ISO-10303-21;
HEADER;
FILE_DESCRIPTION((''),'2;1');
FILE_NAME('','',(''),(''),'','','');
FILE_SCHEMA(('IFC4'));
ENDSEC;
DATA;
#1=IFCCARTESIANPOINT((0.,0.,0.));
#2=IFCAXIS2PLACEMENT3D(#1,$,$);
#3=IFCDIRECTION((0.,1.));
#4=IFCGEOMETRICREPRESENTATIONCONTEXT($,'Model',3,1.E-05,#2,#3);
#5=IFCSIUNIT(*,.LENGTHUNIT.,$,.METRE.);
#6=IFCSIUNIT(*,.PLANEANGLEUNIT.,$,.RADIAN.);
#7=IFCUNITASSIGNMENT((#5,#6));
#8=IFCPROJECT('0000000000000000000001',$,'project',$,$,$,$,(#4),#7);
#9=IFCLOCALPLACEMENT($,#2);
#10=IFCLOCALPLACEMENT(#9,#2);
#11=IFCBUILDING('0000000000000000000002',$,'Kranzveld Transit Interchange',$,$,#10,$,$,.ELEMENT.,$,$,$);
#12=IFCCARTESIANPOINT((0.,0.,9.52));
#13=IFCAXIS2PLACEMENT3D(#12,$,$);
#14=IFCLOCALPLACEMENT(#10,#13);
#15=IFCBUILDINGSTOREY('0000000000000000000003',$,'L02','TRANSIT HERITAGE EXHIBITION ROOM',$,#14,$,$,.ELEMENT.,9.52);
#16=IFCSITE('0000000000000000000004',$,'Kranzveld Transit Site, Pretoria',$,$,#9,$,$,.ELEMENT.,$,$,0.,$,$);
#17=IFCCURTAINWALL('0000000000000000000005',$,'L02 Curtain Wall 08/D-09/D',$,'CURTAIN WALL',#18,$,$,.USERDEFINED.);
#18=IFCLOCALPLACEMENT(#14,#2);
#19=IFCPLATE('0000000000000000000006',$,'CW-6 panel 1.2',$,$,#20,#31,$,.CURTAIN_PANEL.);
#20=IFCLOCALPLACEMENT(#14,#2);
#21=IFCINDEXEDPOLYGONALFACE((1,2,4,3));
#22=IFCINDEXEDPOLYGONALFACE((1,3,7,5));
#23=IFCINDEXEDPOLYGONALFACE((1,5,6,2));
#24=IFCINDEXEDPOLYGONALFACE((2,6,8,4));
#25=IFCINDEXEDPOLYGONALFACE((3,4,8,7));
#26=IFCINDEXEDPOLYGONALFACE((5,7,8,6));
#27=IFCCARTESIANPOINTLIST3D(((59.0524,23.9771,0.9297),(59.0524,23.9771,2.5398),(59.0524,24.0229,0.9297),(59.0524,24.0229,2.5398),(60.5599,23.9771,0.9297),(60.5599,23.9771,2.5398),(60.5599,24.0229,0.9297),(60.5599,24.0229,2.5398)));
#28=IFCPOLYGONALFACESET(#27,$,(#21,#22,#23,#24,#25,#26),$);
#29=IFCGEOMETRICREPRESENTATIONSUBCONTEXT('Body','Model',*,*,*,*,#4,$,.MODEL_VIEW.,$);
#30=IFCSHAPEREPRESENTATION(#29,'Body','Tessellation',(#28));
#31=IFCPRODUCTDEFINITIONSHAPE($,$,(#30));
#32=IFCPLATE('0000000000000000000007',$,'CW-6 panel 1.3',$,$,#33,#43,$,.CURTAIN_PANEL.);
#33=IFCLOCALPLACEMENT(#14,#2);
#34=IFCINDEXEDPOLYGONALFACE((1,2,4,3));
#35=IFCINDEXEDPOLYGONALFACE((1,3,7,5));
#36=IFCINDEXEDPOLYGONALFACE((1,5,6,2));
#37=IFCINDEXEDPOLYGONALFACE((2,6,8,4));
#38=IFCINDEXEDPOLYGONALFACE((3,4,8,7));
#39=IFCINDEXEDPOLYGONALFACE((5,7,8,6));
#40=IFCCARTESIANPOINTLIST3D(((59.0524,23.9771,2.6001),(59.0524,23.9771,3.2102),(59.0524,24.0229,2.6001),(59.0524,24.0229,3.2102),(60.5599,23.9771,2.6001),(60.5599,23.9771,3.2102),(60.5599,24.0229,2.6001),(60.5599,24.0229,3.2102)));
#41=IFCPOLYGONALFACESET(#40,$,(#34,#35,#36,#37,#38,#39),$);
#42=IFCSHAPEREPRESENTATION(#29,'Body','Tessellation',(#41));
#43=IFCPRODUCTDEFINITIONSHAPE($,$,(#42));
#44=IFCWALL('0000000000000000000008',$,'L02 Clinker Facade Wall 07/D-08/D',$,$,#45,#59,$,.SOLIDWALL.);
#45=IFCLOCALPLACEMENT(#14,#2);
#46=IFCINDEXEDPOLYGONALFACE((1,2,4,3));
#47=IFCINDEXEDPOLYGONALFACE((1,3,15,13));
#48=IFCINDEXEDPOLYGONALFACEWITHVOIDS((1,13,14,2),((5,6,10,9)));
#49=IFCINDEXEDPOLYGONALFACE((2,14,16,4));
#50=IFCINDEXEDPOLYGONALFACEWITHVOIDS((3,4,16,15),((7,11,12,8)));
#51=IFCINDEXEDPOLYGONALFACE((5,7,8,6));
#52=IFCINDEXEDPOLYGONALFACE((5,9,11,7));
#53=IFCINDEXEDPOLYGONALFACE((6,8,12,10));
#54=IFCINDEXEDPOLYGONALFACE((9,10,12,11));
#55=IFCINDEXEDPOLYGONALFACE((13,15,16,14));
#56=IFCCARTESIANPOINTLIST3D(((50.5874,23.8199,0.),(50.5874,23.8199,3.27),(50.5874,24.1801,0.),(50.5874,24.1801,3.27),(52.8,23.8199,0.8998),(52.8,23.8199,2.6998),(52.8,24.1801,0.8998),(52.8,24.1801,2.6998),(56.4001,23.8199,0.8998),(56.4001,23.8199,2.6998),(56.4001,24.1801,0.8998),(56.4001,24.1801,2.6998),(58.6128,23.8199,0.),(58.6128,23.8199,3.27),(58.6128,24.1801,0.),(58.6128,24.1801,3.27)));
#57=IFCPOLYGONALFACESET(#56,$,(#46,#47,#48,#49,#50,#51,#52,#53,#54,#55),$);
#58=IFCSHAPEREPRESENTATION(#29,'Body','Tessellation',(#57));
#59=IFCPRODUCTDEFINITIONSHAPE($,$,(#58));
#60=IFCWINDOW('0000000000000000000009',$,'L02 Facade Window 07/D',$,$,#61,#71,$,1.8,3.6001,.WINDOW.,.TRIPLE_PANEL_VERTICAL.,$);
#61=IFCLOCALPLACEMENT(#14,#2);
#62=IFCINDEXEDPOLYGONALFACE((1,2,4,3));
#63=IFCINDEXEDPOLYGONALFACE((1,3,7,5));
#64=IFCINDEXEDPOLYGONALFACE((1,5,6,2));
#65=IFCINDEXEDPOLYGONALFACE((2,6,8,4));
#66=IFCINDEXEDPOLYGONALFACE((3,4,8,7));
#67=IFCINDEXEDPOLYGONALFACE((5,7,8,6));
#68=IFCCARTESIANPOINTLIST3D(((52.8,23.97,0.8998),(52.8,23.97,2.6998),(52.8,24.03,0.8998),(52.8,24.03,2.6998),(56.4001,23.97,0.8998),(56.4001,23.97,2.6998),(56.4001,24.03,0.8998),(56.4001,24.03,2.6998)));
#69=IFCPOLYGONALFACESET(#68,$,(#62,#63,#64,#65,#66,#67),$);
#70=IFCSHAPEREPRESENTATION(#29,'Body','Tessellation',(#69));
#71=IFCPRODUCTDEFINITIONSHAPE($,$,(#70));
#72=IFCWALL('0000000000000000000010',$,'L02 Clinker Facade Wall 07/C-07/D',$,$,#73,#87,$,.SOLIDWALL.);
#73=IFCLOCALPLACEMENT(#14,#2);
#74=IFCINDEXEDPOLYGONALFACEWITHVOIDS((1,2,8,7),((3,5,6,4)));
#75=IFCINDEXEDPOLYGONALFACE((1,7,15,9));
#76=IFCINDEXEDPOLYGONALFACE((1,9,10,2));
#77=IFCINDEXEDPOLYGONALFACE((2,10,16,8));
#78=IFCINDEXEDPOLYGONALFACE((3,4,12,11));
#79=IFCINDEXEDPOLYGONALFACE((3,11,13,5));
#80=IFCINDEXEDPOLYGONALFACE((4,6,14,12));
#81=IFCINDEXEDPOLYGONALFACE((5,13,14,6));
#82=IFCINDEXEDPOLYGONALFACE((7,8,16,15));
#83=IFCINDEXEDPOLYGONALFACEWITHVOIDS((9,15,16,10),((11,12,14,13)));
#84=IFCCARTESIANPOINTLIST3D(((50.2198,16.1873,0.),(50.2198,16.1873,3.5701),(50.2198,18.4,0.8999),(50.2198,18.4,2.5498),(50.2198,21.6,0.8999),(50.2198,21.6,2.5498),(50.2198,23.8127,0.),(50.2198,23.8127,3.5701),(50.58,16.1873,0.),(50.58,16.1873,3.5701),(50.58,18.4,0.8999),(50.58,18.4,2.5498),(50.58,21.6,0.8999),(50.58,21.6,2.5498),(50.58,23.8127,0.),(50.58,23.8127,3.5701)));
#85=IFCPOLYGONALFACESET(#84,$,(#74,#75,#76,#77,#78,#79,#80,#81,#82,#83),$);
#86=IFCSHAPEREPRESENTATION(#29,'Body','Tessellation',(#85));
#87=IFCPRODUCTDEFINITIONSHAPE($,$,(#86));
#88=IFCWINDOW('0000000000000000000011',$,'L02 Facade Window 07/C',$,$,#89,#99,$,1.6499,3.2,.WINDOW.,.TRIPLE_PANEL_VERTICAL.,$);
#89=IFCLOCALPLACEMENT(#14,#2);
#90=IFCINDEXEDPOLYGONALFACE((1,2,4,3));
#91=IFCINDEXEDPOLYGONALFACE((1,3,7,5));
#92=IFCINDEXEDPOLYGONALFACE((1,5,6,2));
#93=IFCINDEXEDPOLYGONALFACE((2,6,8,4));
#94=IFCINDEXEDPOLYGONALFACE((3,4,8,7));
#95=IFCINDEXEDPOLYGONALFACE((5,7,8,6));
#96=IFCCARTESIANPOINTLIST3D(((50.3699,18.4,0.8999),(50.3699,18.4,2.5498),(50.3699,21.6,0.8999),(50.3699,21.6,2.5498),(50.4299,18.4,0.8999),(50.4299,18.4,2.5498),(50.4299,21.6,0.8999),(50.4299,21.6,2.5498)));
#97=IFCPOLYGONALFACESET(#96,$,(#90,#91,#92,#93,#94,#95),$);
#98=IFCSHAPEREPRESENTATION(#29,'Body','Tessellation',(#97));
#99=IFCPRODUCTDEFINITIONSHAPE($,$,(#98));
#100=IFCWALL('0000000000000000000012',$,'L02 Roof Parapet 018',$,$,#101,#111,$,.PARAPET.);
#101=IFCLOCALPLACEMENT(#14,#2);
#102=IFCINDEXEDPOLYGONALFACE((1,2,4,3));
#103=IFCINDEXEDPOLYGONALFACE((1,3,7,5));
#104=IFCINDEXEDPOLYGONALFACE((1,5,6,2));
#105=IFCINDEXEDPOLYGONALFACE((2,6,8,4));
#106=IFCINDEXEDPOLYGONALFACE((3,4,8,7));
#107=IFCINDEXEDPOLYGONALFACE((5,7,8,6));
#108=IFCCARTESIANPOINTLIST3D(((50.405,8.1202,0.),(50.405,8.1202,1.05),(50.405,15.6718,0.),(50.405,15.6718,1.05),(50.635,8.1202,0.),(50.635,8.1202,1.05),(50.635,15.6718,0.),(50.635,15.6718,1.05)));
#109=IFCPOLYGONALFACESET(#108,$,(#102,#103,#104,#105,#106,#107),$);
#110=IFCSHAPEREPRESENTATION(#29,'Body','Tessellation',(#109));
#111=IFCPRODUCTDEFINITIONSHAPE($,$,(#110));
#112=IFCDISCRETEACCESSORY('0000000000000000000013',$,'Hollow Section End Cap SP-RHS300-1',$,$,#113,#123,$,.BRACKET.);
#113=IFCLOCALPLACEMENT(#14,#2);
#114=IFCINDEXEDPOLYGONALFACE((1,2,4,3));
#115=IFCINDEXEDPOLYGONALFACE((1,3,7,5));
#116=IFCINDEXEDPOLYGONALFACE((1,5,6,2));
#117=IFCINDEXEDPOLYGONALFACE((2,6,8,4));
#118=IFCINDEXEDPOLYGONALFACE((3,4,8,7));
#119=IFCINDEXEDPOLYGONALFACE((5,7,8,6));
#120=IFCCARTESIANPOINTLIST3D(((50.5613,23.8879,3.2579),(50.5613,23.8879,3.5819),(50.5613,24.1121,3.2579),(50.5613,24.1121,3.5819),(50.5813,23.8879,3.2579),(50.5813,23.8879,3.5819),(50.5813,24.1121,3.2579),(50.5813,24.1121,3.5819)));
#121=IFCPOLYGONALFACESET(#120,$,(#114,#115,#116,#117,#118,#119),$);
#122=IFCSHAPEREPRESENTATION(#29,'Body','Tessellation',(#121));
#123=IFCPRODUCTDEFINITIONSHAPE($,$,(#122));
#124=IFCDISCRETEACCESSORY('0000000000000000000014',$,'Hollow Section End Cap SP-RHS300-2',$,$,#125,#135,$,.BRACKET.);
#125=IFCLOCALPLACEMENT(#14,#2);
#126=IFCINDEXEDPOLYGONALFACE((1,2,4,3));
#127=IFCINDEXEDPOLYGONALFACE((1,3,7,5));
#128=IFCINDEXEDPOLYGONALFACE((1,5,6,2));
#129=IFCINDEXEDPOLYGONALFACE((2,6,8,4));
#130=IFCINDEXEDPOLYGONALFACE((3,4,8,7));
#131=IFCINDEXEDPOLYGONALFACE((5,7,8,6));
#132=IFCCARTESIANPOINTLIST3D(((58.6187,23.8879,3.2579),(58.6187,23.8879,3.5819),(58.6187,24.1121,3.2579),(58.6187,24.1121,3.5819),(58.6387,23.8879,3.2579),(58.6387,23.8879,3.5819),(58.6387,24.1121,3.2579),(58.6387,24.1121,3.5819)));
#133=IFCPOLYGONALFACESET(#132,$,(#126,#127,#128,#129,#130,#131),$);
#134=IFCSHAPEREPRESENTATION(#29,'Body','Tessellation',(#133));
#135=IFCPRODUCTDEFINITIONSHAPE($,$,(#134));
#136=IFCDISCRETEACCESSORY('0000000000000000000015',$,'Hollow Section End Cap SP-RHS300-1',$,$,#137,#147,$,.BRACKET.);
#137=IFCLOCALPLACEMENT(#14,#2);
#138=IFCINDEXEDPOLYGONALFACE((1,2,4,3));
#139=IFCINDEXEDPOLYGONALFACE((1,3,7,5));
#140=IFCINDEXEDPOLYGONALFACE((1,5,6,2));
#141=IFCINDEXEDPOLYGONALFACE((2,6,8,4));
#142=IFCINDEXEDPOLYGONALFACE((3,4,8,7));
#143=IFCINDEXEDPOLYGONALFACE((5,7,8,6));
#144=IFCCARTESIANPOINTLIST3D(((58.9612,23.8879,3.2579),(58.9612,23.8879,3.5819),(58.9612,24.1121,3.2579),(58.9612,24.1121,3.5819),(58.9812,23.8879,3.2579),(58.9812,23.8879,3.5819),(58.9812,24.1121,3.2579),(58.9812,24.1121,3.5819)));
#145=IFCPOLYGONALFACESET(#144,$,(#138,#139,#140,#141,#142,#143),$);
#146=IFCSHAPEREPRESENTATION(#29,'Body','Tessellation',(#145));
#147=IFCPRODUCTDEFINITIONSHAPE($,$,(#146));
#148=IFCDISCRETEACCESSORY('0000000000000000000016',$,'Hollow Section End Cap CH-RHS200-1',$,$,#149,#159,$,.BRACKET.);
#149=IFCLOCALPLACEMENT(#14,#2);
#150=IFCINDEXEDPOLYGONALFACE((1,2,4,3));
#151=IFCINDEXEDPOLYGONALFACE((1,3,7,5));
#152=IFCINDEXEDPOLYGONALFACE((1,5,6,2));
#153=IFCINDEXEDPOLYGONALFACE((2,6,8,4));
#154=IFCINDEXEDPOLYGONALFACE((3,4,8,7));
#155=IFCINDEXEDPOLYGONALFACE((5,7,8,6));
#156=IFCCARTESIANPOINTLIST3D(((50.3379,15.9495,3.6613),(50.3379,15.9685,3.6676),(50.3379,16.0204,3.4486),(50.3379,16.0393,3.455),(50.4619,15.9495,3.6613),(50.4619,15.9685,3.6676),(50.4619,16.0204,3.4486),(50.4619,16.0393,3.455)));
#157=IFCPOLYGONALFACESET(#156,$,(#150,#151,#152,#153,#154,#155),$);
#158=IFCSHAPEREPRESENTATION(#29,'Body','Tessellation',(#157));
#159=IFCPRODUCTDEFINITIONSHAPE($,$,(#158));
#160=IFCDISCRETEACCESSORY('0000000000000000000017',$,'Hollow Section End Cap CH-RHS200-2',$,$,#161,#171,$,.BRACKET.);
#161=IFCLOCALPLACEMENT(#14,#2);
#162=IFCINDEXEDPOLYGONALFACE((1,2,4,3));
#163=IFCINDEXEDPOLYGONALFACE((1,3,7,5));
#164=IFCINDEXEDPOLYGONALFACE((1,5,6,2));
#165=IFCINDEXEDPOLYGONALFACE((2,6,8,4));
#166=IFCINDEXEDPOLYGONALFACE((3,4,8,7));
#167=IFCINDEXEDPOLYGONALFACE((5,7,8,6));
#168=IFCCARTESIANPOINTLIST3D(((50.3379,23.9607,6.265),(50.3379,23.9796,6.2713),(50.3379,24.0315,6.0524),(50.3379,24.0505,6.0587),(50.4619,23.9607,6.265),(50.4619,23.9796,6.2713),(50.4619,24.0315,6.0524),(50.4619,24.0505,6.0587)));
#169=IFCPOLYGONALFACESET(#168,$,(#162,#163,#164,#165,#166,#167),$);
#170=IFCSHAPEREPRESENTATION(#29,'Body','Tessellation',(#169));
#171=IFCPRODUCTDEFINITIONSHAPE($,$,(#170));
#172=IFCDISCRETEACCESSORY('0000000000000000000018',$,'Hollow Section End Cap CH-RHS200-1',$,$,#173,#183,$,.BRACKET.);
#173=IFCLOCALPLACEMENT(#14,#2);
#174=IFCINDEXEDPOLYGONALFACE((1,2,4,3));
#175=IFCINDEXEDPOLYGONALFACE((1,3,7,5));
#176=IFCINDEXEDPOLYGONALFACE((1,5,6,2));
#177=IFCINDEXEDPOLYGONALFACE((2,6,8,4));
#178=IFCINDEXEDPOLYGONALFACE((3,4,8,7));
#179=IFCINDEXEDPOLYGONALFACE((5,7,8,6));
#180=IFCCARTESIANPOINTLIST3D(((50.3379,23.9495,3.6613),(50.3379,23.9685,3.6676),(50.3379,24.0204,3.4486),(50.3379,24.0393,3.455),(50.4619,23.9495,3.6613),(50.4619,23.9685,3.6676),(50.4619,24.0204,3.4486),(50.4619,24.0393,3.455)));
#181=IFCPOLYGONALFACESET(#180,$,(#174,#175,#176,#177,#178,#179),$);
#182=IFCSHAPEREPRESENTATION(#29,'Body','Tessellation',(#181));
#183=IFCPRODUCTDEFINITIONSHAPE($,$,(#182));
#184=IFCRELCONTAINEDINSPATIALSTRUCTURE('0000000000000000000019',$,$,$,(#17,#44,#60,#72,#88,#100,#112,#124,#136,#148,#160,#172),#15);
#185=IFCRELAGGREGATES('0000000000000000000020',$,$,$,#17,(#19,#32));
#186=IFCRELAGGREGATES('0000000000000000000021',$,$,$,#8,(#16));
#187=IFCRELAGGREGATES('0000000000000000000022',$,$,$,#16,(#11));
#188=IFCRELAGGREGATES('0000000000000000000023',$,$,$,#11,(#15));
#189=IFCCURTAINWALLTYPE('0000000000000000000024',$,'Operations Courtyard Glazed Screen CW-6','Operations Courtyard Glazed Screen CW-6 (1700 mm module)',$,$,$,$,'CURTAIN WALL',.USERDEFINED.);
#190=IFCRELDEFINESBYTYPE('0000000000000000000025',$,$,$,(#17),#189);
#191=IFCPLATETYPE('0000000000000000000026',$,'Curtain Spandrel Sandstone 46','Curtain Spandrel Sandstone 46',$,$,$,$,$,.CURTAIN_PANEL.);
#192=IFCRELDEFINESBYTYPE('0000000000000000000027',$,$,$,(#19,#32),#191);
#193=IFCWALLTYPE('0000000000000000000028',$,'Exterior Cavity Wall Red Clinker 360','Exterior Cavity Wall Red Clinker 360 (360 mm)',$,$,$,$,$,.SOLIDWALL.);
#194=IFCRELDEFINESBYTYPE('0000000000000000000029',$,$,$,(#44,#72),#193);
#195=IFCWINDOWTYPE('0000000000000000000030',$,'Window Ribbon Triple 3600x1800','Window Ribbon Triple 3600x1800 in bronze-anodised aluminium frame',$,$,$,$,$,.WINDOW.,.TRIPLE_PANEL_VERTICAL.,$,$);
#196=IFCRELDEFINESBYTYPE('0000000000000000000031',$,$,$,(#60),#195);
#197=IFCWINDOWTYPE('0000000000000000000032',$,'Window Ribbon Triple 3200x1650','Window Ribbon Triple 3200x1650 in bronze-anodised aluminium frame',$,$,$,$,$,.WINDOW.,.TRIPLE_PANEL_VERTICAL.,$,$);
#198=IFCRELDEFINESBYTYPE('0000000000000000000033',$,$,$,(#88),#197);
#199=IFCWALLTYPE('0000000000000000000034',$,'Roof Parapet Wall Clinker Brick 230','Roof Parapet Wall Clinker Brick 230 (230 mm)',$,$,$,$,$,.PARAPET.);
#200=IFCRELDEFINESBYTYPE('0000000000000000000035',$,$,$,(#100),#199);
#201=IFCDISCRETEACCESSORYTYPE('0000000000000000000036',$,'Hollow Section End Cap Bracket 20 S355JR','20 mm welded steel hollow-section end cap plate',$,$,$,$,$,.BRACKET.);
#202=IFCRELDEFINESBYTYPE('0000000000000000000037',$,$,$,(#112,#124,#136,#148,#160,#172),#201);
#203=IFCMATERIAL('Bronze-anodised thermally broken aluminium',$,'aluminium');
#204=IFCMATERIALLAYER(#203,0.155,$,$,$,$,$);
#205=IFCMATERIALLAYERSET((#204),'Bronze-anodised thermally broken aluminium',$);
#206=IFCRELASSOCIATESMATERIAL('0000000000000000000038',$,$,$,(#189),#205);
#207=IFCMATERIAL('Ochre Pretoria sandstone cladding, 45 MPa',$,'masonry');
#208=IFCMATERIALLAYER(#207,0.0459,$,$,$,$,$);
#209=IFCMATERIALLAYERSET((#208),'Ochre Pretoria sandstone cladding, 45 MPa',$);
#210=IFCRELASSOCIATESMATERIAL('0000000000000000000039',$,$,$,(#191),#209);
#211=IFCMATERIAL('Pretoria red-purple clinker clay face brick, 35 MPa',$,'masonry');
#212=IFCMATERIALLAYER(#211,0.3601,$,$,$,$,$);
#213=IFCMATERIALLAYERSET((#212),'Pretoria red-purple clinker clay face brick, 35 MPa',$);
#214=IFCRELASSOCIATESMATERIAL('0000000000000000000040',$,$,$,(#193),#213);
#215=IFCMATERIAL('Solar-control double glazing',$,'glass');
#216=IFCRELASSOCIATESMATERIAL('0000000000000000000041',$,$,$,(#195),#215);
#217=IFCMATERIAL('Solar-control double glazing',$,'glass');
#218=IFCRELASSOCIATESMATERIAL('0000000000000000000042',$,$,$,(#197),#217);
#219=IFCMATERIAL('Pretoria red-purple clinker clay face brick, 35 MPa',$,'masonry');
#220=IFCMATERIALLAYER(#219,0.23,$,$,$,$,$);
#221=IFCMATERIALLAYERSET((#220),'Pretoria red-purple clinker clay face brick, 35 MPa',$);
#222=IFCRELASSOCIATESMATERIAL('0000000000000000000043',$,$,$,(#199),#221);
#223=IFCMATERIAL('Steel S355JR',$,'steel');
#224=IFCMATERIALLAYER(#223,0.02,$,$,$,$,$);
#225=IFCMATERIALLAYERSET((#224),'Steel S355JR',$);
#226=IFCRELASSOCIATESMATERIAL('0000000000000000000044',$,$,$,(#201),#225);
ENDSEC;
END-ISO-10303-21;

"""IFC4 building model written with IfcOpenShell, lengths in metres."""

from ifc_helpers import new_model, si_unit, direction, frame, frame_2d, origin, origin_2d, place, context, subcontext, project, spatial, rectangle, extrude, material, layer, layer_set, type_object, element, fill, aggregate, save


model = new_model("IFC4")

# Units and contexts
model_context = context("Model", 3, precision=1e-05, world=origin(), true_north=direction((0.0, 1.0)))
body_context = subcontext(model_context, "Body", "Model", "MODEL_VIEW")
ifc_project = project(units=[si_unit("LENGTHUNIT", "METRE"), si_unit("PLANEANGLEUNIT", "RADIAN")], contexts=[model_context])

# Site, building, storey
site_placement = place(None, origin())
site = spatial("IfcSite", under=ifc_project, at=site_placement, Name="Kranzveld Transit Site, Pretoria", CompositionType="ELEMENT", RefElevation=0.0)
building_placement = place(site_placement, origin())
building = spatial("IfcBuilding", under=site, at=building_placement, Name="Kranzveld Transit Interchange", CompositionType="ELEMENT")
storey_placement = place(building_placement, frame((0.0, 0.0, 9.52)))
storey = spatial("IfcBuildingStorey", under=building, at=storey_placement, Name="L02", Description="TRANSIT HERITAGE EXHIBITION ROOM", CompositionType="ELEMENT", Elevation=9.52)

# Curtain wall
ifc_material_1 = material(Name="Bronze-anodised thermally broken aluminium", Category="aluminium")
ifc_layer_1 = layer(ifc_material_1, 0.155)
ifc_layer_set_1 = layer_set([ifc_layer_1], Name="Bronze-anodised thermally broken aluminium")
curtain_wall_type_1 = type_object("IfcCurtainWallType", Name="Operations Courtyard Glazed Screen CW-6", Description="Operations Courtyard Glazed Screen CW-6 (1700 mm module)", ElementType="CURTAIN WALL", PredefinedType="USERDEFINED", material=ifc_layer_set_1)
curtain_wall_1_placement = place(storey_placement, origin())
curtain_wall_1 = element("IfcCurtainWall", 1, at=curtain_wall_1_placement, inside=storey, type_object=curtain_wall_type_1, Name="L02 Curtain Wall 08/D-09/D", ObjectType="CURTAIN WALL", PredefinedType="USERDEFINED")

# Plates
ifc_material_2 = material(Name="Ochre Pretoria sandstone cladding, 45 MPa", Category="masonry")
ifc_layer_2 = layer(ifc_material_2, 0.0459)
ifc_layer_set_2 = layer_set([ifc_layer_2], Name="Ochre Pretoria sandstone cladding, 45 MPa")
plate_type_1 = type_object("IfcPlateType", Name="Curtain Spandrel Sandstone 46", Description="Curtain Spandrel Sandstone 46", PredefinedType="CURTAIN_PANEL", material=ifc_layer_set_2)
plate_1_placement = place(storey_placement, frame((59.8062, 24.0, 0.9297), z_axis=(0.0, 0.0, 1.0), x_axis=(1.0, 0.0, 0.0)))
plate_1 = element("IfcPlate", 2, at=plate_1_placement, type_object=plate_type_1, Name="CW-6 panel 1.2", PredefinedType="CURTAIN_PANEL", context=body_context, shape_type="SweptSolid", body=[
    extrude(rectangle(XDim=1.5076, YDim=0.0459, at=origin_2d()), origin(), (0.0, 0.0, 1.0), 1.6101),
])
plate_2_placement = place(storey_placement, frame((59.8062, 24.0, 2.6001), z_axis=(0.0, 0.0, 1.0), x_axis=(1.0, 0.0, 0.0)))
plate_2 = element("IfcPlate", 3, at=plate_2_placement, type_object=plate_type_1, Name="CW-6 panel 1.3", PredefinedType="CURTAIN_PANEL", context=body_context, shape_type="SweptSolid", body=[
    extrude(rectangle(XDim=1.5076, YDim=0.0459, at=origin_2d()), origin(), (0.0, 0.0, 1.0), 0.6101),
])
aggregate(curtain_wall_1, [plate_1, plate_2])

# Walls, openings, windows
ifc_material_3 = material(Name="Pretoria red-purple clinker clay face brick, 35 MPa", Category="masonry")
ifc_layer_3 = layer(ifc_material_3, 0.3601)
ifc_layer_set_3 = layer_set([ifc_layer_3], Name="Pretoria red-purple clinker clay face brick, 35 MPa")
wall_type_1 = type_object("IfcWallType", Name="Exterior Cavity Wall Red Clinker 360", Description="Exterior Cavity Wall Red Clinker 360 (360 mm)", PredefinedType="SOLIDWALL", material=ifc_layer_set_3)
wall_1_placement = place(storey_placement, frame((50.5874, 24.0, 0.0), z_axis=(0.0, 0.0, 1.0), x_axis=(1.0, 0.0, 0.0)))
wall_1 = element("IfcWall", 4, at=wall_1_placement, inside=storey, type_object=wall_type_1, Name="L02 Clinker Facade Wall 07/D-08/D", PredefinedType="SOLIDWALL", context=body_context, shape_type="SweptSolid", body=[
    extrude(rectangle(XDim=8.0254, YDim=0.3601, at=frame_2d((4.0127, 0.0))), origin(), (0.0, 0.0, 1.0), 3.27),
])
opening_1_placement = place(wall_1_placement, frame((2.2126, 0.0, 0.8999), z_axis=(0.0, 0.0, 1.0), x_axis=(1.0, 0.0, 0.0)))
opening_1 = element("IfcOpeningElement", 5, at=opening_1_placement, cuts=wall_1, PredefinedType="OPENING", context=body_context, shape_type="SweptSolid", body=[
    extrude(rectangle(XDim=3.6001, YDim=1.8, at=frame_2d((1.8, 0.8999))), frame((0.0, 0.1899, 0.0), z_axis=(0.0, -1.0, 0.0), x_axis=(1.0, 0.0, 0.0)), (0.0, 0.0, 1.0), 0.3801),
])
ifc_material_4 = material(Name="Solar-control double glazing", Category="glass")
window_type_1 = type_object("IfcWindowType", Name="Window Ribbon Triple 3600x1800", Description="Window Ribbon Triple 3600x1800 in bronze-anodised aluminium frame", PartitioningType="TRIPLE_PANEL_VERTICAL", PredefinedType="WINDOW", material=ifc_material_4)
window_1_placement = place(opening_1_placement, origin())
window_1 = element("IfcWindow", 6, at=window_1_placement, inside=storey, type_object=window_type_1, Name="L02 Facade Window 07/D", OverallHeight=1.8, OverallWidth=3.6001, PartitioningType="TRIPLE_PANEL_VERTICAL", PredefinedType="WINDOW", context=body_context, shape_type="SweptSolid", body=[
    extrude(rectangle(XDim=3.6001, YDim=1.8, at=frame_2d((1.8, 0.8999))), frame((0.0, 0.03, 0.0), z_axis=(0.0, -1.0, 0.0), x_axis=(1.0, 0.0, 0.0)), (0.0, 0.0, 1.0), 0.0601),
])
fill(opening_1, window_1)
wall_2_placement = place(storey_placement, frame((50.3999, 16.1873, 0.0), z_axis=(0.0, 0.0, 1.0), x_axis=(0.0, 1.0, 0.0)))
wall_2 = element("IfcWall", 7, at=wall_2_placement, inside=storey, type_object=wall_type_1, Name="L02 Clinker Facade Wall 07/C-07/D", PredefinedType="SOLIDWALL", context=body_context, shape_type="SweptSolid", body=[
    extrude(rectangle(XDim=7.6255, YDim=0.3601, at=frame_2d((3.8127, 0.0))), origin(), (0.0, 0.0, 1.0), 3.5701),
])
opening_2_placement = place(wall_2_placement, frame((2.2126, 0.0, 0.8999), z_axis=(0.0, 0.0, 1.0), x_axis=(1.0, 0.0, 0.0)))
opening_2 = element("IfcOpeningElement", 8, at=opening_2_placement, cuts=wall_2, PredefinedType="OPENING", context=body_context, shape_type="SweptSolid", body=[
    extrude(rectangle(XDim=3.2, YDim=1.6499, at=frame_2d((1.6001, 0.825))), frame((0.0, 0.1899, 0.0), z_axis=(0.0, -1.0, 0.0), x_axis=(1.0, 0.0, 0.0)), (0.0, 0.0, 1.0), 0.3801),
])
ifc_material_5 = material(Name="Solar-control double glazing", Category="glass")
window_type_2 = type_object("IfcWindowType", Name="Window Ribbon Triple 3200x1650", Description="Window Ribbon Triple 3200x1650 in bronze-anodised aluminium frame", PartitioningType="TRIPLE_PANEL_VERTICAL", PredefinedType="WINDOW", material=ifc_material_5)
window_2_placement = place(opening_2_placement, origin())
window_2 = element("IfcWindow", 9, at=window_2_placement, inside=storey, type_object=window_type_2, Name="L02 Facade Window 07/C", OverallHeight=1.6499, OverallWidth=3.2, PartitioningType="TRIPLE_PANEL_VERTICAL", PredefinedType="WINDOW", context=body_context, shape_type="SweptSolid", body=[
    extrude(rectangle(XDim=3.2, YDim=1.6499, at=frame_2d((1.6001, 0.825))), frame((0.0, 0.03, 0.0), z_axis=(0.0, -1.0, 0.0), x_axis=(1.0, 0.0, 0.0)), (0.0, 0.0, 1.0), 0.0601),
])
fill(opening_2, window_2)

# Wall
ifc_material_6 = material(Name="Pretoria red-purple clinker clay face brick, 35 MPa", Category="masonry")
ifc_layer_4 = layer(ifc_material_6, 0.23)
ifc_layer_set_4 = layer_set([ifc_layer_4], Name="Pretoria red-purple clinker clay face brick, 35 MPa")
wall_type_2 = type_object("IfcWallType", Name="Roof Parapet Wall Clinker Brick 230", Description="Roof Parapet Wall Clinker Brick 230 (230 mm)", PredefinedType="PARAPET", material=ifc_layer_set_4)
wall_3_placement = place(storey_placement, frame((50.52, 8.1201, 0.0), z_axis=(0.0, 0.0, 1.0), x_axis=(0.0, 1.0, 0.0)))
element("IfcWall", 10, at=wall_3_placement, inside=storey, type_object=wall_type_2, Name="L02 Roof Parapet 018", PredefinedType="PARAPET", context=body_context, shape_type="SweptSolid", body=[
    extrude(rectangle(XDim=7.5515, YDim=0.23, at=frame_2d((3.7759, 0.0))), origin(), (0.0, 0.0, 1.0), 1.05),
])

# Discrete accessories
ifc_material_7 = material(Name="Steel S355JR", Category="steel")
ifc_layer_5 = layer(ifc_material_7, 0.02)
ifc_layer_set_5 = layer_set([ifc_layer_5], Name="Steel S355JR")
discrete_accessory_type = type_object("IfcDiscreteAccessoryType", Name="Hollow Section End Cap Bracket 20 S355JR", Description="20 mm welded steel hollow-section end cap plate", PredefinedType="BRACKET", material=ifc_layer_set_5)
for number, where, z_axis, x_axis, name in (
    (11, (50.5813, 24.0, 3.4199), (-1.0, 0.0, 0.0), (0.0, -1.0, 0.0), "Hollow Section End Cap SP-RHS300-1"),
    (12, (58.6187, 24.0, 3.4199), (1.0, 0.0, 0.0), (0.0, 1.0, 0.0), "Hollow Section End Cap SP-RHS300-2"),
    (13, (58.9812, 24.0, 3.4199), (-1.0, 0.0, 0.0), (0.0, -1.0, 0.0), "Hollow Section End Cap SP-RHS300-1"),
):
    element("IfcDiscreteAccessory", number, at=place(storey_placement, frame(where, z_axis=z_axis, x_axis=x_axis)), inside=storey, type_object=discrete_accessory_type, Name=name, PredefinedType="BRACKET", context=body_context, shape_type="SweptSolid", body=[
        extrude(rectangle(XDim=0.2241, YDim=0.324, at=origin_2d()), origin(), (0.0, 0.0, 1.0), 0.02),
    ])
for number, where, z_axis, x_axis, name in (
    (14, (50.3999, 16.0039, 3.5613), (0.0, -0.948683, -0.316228), (1.0, 0.0, 0.0), "Hollow Section End Cap CH-RHS200-1"),
    (15, (50.3999, 23.9961, 6.1587), (0.0, 0.948683, 0.316228), (-1.0, 0.0, 0.0), "Hollow Section End Cap CH-RHS200-2"),
    (16, (50.3999, 24.0039, 3.5613), (0.0, -0.948683, -0.316228), (1.0, 0.0, 0.0), "Hollow Section End Cap CH-RHS200-1"),
):
    element("IfcDiscreteAccessory", number, at=place(storey_placement, frame(where, z_axis=z_axis, x_axis=x_axis)), inside=storey, type_object=discrete_accessory_type, Name=name, PredefinedType="BRACKET", context=body_context, shape_type="SweptSolid", body=[
        extrude(rectangle(XDim=0.124, YDim=0.2241, at=origin_2d()), origin(), (0.0, 0.0, 1.0), 0.02),
    ])

save(model, "model.ifc")
